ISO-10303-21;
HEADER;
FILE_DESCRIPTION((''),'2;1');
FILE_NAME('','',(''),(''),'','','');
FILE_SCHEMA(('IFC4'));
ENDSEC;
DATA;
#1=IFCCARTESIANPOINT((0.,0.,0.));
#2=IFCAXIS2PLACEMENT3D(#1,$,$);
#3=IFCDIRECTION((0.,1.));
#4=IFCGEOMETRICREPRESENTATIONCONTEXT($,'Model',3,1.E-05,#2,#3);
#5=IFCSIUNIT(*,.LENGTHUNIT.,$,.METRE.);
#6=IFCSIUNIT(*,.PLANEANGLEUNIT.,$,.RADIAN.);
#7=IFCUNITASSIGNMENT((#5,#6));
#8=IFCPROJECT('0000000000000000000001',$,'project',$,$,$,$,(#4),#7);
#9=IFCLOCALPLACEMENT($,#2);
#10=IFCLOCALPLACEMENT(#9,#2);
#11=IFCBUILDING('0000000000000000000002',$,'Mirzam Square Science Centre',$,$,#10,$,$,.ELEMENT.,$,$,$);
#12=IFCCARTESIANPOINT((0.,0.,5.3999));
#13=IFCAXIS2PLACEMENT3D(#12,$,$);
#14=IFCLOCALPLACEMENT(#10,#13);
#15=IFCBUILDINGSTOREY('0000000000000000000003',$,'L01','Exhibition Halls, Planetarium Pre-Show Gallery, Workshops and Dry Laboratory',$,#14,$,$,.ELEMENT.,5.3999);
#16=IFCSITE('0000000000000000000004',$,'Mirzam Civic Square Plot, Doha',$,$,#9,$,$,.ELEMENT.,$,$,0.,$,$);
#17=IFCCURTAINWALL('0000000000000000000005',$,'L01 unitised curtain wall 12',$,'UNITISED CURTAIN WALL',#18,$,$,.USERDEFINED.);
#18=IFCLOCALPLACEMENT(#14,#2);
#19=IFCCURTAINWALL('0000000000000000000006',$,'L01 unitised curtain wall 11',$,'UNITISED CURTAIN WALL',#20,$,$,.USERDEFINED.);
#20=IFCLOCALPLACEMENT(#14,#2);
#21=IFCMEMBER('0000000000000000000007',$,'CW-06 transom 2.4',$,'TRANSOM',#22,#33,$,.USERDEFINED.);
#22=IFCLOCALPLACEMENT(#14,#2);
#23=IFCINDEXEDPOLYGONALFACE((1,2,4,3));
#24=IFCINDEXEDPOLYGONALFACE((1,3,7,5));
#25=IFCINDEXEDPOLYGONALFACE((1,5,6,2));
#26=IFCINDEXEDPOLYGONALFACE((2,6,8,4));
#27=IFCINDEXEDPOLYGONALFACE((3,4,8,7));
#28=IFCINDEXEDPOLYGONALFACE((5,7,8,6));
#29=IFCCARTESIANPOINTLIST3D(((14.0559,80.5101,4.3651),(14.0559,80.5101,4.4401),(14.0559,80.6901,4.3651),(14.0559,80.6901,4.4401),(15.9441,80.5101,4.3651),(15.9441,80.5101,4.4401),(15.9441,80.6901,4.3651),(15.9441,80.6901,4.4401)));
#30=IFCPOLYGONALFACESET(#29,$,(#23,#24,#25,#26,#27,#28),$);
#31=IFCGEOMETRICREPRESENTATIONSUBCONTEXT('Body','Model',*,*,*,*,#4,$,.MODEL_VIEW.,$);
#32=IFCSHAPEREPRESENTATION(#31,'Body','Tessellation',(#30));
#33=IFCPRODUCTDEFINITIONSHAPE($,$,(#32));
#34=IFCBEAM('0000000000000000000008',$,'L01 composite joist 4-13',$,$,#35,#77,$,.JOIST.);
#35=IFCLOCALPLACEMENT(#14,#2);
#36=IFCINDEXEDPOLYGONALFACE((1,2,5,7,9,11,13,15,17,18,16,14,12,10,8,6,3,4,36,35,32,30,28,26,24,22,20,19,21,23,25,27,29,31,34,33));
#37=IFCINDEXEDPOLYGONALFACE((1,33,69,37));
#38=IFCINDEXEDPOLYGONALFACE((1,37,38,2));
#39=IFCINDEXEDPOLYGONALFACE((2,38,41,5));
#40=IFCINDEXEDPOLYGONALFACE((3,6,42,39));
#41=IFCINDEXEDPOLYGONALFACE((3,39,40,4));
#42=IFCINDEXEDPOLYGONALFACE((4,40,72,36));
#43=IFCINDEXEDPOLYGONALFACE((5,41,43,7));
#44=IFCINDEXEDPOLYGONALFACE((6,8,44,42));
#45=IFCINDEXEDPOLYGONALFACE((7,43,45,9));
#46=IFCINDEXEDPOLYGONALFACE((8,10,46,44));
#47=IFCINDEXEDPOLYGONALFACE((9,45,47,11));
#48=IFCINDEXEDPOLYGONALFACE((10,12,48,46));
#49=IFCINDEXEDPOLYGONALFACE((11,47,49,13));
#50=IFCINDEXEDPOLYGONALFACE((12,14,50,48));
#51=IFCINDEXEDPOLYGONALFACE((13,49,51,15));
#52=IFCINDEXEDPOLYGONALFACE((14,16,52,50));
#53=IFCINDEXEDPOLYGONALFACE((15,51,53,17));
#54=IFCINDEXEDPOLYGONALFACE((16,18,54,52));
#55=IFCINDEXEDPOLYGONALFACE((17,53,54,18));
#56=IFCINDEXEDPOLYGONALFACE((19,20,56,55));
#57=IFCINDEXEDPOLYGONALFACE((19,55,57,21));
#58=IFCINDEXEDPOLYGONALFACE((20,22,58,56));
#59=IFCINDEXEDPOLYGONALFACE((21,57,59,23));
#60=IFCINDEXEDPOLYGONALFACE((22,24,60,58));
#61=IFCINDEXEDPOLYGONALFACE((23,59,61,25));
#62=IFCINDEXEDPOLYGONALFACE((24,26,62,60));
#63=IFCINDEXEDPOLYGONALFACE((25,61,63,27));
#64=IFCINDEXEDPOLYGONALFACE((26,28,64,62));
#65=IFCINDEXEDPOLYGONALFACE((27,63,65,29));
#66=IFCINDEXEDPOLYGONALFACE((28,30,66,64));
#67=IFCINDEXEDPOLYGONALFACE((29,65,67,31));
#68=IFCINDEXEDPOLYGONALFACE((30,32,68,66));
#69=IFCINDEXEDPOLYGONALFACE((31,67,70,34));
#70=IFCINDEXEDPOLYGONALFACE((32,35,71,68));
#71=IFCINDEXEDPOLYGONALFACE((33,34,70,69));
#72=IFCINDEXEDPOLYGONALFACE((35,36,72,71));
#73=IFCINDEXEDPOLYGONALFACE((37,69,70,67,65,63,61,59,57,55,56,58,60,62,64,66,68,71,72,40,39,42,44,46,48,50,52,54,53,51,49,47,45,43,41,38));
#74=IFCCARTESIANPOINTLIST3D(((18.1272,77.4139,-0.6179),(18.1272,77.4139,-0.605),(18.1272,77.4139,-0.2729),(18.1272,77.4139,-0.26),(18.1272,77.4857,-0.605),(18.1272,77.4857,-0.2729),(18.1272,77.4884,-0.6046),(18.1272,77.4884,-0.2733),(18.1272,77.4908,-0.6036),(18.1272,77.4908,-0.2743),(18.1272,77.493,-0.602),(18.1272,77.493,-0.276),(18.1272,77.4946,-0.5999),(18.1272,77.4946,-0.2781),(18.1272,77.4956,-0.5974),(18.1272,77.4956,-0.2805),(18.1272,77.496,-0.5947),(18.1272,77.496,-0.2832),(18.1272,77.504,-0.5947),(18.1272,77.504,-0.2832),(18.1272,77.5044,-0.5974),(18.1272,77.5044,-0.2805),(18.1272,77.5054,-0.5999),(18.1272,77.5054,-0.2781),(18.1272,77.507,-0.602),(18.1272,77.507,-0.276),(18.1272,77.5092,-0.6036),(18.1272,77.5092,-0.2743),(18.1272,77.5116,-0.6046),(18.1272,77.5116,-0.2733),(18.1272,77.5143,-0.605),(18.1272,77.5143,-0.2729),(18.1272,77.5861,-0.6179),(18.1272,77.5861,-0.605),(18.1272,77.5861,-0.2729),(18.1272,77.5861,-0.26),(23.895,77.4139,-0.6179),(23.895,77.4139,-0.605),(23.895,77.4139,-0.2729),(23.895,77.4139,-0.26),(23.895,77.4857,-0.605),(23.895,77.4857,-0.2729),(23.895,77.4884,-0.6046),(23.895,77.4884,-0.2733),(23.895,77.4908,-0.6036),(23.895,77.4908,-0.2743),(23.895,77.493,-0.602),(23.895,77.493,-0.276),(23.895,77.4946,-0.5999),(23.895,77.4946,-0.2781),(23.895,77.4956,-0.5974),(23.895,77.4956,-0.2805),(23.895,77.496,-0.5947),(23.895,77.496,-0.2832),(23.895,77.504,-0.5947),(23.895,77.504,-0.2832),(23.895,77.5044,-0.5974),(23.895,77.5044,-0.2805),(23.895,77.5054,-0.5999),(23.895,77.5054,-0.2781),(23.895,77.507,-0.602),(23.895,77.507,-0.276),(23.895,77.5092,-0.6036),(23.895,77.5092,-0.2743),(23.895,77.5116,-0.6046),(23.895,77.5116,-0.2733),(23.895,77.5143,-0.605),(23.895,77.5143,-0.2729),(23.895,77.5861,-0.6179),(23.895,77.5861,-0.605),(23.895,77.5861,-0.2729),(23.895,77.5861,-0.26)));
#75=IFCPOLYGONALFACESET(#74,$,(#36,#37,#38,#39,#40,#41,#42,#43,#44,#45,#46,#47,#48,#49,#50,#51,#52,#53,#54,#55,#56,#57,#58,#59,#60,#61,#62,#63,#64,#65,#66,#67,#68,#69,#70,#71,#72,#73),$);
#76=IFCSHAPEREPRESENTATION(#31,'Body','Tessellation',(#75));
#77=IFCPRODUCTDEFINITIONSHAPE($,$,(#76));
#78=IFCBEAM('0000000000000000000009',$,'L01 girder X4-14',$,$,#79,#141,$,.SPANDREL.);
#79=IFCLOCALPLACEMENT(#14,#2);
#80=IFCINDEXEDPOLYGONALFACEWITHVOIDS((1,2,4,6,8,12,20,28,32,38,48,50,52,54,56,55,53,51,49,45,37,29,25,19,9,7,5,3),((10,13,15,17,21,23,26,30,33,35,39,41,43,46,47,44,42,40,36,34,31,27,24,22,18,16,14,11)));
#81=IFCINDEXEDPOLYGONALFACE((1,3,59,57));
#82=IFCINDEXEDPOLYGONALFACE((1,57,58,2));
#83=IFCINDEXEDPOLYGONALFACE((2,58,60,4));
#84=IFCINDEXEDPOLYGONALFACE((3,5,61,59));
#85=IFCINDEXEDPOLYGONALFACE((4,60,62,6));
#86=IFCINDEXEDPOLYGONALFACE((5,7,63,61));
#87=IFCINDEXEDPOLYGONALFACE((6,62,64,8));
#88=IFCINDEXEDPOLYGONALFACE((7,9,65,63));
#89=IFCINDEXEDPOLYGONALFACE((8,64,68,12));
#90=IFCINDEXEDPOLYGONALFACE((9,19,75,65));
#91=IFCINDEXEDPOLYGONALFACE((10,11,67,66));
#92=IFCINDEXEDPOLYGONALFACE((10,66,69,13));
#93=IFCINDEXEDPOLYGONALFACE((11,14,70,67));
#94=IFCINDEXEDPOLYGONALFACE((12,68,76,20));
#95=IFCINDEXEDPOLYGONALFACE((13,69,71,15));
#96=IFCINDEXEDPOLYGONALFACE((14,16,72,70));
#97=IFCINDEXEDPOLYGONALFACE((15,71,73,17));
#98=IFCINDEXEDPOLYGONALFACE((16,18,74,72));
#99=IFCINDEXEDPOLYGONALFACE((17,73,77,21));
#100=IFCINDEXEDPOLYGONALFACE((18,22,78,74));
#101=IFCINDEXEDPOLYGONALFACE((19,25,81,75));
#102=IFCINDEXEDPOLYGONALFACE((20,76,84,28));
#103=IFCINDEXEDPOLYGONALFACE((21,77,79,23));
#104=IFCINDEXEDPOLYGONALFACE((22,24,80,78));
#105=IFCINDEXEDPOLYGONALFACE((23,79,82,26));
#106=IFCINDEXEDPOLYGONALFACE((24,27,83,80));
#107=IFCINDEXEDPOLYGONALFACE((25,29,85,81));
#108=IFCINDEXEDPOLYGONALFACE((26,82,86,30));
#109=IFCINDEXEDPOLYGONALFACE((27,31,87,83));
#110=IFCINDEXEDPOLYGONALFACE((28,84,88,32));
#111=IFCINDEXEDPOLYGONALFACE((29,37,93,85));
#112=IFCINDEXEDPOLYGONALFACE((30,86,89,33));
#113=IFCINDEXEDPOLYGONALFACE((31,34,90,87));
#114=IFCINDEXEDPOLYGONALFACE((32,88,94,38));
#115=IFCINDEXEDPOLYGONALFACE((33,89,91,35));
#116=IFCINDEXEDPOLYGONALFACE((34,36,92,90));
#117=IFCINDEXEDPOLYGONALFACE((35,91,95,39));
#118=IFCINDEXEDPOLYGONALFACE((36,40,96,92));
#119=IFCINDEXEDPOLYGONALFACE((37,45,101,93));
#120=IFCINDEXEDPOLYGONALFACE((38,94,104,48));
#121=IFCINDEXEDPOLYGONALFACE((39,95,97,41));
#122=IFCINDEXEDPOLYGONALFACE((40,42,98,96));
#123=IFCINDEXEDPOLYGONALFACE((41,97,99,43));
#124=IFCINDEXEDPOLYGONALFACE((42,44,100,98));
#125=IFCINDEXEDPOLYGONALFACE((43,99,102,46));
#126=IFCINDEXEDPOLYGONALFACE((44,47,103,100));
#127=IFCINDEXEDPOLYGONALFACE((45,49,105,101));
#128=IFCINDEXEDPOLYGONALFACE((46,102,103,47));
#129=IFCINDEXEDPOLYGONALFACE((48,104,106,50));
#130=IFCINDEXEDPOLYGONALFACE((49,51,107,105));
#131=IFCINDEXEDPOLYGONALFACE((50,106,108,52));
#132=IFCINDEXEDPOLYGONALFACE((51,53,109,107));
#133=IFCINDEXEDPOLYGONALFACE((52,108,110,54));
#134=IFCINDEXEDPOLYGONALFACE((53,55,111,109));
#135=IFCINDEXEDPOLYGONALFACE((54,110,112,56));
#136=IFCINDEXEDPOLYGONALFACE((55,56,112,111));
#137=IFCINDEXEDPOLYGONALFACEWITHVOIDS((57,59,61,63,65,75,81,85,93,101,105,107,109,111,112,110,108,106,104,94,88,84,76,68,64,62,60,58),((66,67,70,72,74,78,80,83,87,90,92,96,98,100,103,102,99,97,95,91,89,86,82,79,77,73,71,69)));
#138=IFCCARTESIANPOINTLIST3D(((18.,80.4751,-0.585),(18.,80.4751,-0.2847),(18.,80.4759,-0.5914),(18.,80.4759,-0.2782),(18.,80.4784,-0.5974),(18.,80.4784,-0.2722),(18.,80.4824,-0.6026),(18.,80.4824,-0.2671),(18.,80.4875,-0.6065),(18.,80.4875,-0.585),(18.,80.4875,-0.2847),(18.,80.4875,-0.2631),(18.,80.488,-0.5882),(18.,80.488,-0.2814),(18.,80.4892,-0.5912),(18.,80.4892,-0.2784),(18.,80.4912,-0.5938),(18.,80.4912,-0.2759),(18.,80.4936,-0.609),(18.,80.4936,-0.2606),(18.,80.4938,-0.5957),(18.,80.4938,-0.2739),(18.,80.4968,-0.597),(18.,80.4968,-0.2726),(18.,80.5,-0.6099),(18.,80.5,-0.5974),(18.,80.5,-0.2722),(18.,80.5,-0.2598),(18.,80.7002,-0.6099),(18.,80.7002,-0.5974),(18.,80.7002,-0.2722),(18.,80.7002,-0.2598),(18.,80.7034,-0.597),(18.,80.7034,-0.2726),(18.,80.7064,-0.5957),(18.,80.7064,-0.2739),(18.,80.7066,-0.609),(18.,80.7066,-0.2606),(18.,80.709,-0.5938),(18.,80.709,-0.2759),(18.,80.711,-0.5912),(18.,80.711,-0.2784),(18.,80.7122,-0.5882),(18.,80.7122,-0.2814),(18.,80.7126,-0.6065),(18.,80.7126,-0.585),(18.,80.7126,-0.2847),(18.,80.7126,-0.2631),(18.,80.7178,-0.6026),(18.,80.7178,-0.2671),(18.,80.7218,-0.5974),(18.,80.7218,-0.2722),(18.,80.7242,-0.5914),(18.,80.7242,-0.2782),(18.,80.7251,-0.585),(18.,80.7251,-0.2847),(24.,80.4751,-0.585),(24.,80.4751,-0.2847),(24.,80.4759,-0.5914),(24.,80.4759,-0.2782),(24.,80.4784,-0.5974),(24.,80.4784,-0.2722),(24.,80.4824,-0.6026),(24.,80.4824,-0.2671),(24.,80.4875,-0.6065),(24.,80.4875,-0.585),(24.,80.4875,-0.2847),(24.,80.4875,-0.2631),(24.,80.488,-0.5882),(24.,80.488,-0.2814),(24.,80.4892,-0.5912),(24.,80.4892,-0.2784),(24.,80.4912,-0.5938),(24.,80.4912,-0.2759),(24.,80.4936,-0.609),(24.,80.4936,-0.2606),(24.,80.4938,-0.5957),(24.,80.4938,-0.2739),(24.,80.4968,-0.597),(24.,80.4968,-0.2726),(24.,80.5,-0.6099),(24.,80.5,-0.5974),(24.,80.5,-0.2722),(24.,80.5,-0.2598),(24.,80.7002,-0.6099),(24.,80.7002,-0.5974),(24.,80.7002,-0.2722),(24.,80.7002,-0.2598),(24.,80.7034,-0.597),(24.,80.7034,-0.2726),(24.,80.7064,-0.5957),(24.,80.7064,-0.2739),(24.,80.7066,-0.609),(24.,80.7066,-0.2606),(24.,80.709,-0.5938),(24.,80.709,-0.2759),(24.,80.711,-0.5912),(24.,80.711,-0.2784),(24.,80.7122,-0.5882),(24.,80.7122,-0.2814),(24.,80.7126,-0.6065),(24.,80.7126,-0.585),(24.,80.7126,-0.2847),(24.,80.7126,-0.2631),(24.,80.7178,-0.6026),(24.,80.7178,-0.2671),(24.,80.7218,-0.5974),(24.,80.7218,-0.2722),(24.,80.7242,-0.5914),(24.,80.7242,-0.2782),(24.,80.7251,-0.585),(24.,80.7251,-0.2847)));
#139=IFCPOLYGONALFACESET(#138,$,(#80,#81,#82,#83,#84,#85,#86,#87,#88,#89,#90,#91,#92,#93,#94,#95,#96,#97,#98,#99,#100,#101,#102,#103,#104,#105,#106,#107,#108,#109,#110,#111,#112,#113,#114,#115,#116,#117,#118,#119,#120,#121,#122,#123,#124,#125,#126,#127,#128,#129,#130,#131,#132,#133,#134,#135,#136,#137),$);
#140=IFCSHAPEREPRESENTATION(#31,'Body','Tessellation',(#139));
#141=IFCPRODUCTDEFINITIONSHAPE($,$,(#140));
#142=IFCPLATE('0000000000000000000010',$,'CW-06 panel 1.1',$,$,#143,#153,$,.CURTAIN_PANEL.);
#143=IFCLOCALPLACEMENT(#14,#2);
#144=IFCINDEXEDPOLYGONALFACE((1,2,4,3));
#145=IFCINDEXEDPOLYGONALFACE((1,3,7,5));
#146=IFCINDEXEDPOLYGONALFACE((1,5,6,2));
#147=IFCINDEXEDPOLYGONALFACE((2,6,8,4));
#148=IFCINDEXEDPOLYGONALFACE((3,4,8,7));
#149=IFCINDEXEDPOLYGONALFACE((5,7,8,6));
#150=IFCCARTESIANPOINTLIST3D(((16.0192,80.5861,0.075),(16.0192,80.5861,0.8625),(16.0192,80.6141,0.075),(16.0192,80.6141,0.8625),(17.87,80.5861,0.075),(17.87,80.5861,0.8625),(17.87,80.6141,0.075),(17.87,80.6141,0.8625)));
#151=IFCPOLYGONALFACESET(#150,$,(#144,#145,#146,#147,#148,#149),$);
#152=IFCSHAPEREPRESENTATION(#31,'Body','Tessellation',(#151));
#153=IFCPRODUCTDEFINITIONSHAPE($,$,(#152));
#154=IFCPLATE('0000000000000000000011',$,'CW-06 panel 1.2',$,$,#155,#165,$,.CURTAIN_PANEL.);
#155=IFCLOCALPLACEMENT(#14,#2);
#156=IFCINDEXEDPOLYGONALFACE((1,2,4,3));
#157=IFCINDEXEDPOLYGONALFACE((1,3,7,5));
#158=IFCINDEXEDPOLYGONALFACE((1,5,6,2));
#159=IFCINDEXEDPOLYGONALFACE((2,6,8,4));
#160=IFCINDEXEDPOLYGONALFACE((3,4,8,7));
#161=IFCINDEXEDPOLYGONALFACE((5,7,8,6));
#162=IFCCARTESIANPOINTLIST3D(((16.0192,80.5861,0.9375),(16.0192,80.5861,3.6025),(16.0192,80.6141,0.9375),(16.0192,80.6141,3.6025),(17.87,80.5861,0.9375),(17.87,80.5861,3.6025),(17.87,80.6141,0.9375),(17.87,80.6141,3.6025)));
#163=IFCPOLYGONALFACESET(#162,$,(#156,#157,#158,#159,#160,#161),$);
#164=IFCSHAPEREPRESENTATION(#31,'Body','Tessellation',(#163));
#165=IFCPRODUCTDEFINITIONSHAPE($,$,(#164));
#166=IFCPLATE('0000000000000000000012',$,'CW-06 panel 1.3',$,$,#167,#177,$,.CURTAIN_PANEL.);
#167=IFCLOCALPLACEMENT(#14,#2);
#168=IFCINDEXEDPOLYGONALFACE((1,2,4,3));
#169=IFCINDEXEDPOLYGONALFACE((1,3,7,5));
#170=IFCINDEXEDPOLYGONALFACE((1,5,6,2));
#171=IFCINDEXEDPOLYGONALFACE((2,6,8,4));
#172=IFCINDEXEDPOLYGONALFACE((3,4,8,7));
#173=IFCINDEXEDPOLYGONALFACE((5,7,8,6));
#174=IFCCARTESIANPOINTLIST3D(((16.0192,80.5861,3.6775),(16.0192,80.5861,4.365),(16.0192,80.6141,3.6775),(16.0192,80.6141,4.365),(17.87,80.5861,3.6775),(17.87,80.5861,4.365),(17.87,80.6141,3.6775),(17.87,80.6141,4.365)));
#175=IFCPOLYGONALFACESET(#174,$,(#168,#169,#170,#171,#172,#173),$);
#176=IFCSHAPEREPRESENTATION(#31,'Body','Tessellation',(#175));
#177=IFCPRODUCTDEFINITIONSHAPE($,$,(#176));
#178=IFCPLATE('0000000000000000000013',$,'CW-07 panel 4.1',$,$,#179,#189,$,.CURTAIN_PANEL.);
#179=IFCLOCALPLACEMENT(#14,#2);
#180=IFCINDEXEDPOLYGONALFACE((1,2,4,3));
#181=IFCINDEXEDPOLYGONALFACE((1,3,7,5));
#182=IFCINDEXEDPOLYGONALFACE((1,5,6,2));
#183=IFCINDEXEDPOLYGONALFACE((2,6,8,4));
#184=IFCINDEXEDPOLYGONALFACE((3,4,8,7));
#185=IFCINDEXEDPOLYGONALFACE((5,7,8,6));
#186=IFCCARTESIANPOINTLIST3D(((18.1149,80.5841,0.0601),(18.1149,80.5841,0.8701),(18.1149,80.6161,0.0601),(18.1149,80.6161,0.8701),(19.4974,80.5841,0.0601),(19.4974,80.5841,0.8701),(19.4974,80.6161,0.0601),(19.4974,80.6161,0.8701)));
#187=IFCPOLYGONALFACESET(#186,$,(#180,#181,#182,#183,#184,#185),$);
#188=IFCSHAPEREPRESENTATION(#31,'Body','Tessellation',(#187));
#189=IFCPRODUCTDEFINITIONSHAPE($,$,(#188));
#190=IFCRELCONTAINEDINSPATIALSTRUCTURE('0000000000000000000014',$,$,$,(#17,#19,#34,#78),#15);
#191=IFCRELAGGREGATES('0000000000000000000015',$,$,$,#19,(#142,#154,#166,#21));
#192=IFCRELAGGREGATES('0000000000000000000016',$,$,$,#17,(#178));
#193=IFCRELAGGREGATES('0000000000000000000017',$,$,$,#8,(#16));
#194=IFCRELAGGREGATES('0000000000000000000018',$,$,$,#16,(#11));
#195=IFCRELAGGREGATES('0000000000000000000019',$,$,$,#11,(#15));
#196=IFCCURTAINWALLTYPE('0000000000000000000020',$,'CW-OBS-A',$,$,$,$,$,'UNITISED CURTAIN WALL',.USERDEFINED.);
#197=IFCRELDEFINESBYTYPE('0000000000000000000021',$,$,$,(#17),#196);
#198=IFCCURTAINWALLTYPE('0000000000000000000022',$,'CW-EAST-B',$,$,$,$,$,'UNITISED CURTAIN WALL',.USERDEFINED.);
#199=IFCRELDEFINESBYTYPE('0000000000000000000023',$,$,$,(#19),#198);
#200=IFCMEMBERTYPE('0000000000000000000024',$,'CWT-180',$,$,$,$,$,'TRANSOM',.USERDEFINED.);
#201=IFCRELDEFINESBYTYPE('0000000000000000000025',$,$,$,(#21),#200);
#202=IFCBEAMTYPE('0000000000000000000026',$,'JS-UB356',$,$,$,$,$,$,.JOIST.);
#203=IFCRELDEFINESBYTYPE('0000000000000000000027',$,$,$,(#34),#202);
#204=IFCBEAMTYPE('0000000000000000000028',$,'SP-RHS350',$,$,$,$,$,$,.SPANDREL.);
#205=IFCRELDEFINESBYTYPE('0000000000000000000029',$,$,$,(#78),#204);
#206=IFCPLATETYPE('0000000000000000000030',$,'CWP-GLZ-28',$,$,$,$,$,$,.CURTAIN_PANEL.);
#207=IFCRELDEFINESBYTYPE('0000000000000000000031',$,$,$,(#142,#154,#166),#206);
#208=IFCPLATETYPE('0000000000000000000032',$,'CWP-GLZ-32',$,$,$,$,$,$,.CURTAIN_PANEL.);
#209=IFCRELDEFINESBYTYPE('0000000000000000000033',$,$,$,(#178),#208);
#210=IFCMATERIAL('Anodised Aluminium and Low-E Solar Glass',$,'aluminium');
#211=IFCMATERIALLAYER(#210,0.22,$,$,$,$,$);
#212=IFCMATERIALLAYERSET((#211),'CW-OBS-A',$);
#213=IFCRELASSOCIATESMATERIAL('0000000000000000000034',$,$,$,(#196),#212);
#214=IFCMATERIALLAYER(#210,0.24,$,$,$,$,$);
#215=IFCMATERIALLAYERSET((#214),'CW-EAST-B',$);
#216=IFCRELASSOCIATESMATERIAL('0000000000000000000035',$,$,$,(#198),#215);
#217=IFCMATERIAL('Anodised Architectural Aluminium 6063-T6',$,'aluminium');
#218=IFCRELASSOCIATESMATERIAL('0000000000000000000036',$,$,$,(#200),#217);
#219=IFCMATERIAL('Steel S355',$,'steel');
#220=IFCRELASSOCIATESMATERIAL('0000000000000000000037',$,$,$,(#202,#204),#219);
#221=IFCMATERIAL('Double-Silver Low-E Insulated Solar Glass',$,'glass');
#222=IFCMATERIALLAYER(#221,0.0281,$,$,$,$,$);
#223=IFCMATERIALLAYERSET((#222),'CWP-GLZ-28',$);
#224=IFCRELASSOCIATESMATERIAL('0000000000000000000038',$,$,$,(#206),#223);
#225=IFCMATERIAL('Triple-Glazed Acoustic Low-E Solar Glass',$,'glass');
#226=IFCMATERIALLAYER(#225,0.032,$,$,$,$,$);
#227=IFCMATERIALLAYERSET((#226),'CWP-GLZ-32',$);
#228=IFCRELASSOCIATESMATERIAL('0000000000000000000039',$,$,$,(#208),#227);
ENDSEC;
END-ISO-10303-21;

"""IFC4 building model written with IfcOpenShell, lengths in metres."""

from ifc_helpers import new_model, si_unit, direction, frame, origin, origin_2d, place, context, subcontext, project, spatial, rectangle, hollow_rectangle, i_section, extrude, material, layer, layer_set, material_profile, profile_set, type_object, element, aggregate, save


model = new_model("IFC4")

# Units and contexts
model_context = context("Model", 3, precision=1e-05, world=origin(), true_north=direction((0.0, 1.0)))
body_context = subcontext(model_context, "Body", "Model", "MODEL_VIEW")
ifc_project = project(units=[si_unit("LENGTHUNIT", "METRE"), si_unit("PLANEANGLEUNIT", "RADIAN")], contexts=[model_context])

# Site, building, storey
site_placement = place(None, origin())
site = spatial("IfcSite", under=ifc_project, at=site_placement, Name="Mirzam Civic Square Plot, Doha", CompositionType="ELEMENT", RefElevation=0.0)
building_placement = place(site_placement, origin())
building = spatial("IfcBuilding", under=site, at=building_placement, Name="Mirzam Square Science Centre", CompositionType="ELEMENT")
storey_placement = place(building_placement, frame((0.0, 0.0, 5.3999)))
storey = spatial("IfcBuildingStorey", under=building, at=storey_placement, Name="L01", Description="Exhibition Halls, Planetarium Pre-Show Gallery, Workshops and Dry Laboratory", CompositionType="ELEMENT", Elevation=5.3999)

# Shared definitions
ifc_material_1 = material(Name="Steel S355", Category="steel")

# Curtain wall
ifc_material_2 = material(Name="Anodised Aluminium and Low-E Solar Glass", Category="aluminium")
ifc_layer_1 = layer(ifc_material_2, 0.22)
ifc_layer_set_1 = layer_set([ifc_layer_1], Name="CW-OBS-A")
curtain_wall_type_1 = type_object("IfcCurtainWallType", Name="CW-OBS-A", ElementType="UNITISED CURTAIN WALL", PredefinedType="USERDEFINED", material=ifc_layer_set_1)
curtain_wall_1_placement = place(storey_placement, origin())
curtain_wall_1 = element("IfcCurtainWall", 1, at=curtain_wall_1_placement, inside=storey, type_object=curtain_wall_type_1, Name="L01 unitised curtain wall 12", ObjectType="UNITISED CURTAIN WALL", PredefinedType="USERDEFINED")
ifc_material_3 = material(Name="Anodised Architectural Aluminium 6063-T6", Category="aluminium")

# Curtain wall
ifc_layer_2 = layer(ifc_material_2, 0.24)
ifc_layer_set_2 = layer_set([ifc_layer_2], Name="CW-EAST-B")
curtain_wall_type_2 = type_object("IfcCurtainWallType", Name="CW-EAST-B", ElementType="UNITISED CURTAIN WALL", PredefinedType="USERDEFINED", material=ifc_layer_set_2)
curtain_wall_2_placement = place(storey_placement, origin())
curtain_wall_2 = element("IfcCurtainWall", 2, at=curtain_wall_2_placement, inside=storey, type_object=curtain_wall_type_2, Name="L01 unitised curtain wall 11", ObjectType="UNITISED CURTAIN WALL", PredefinedType="USERDEFINED")

# Member
ifc_material_profile_1 = material_profile(ifc_material_3, rectangle(XDim=0.1799, YDim=0.075, at=origin_2d()), Name="ALU-TRAN-180x75x5")
ifc_profile_set_1 = profile_set([ifc_material_profile_1], Name="Anodised Architectural Aluminium 6063-T6")
member_type_1 = type_object("IfcMemberType", Name="CWT-180", ElementType="TRANSOM", PredefinedType="USERDEFINED", material=ifc_profile_set_1)
member_1_placement = place(storey_placement, frame((15.9441, 80.6001, 4.4026), z_axis=(-1.0, 0.0, 0.0), x_axis=(0.0, -1.0, 0.0)))
member_1 = element("IfcMember", 3, at=member_1_placement, type_object=member_type_1, Name="CW-06 transom 2.4", ObjectType="TRANSOM", PredefinedType="USERDEFINED", context=body_context, shape_type="SweptSolid", body=[
    extrude(rectangle(XDim=0.1799, YDim=0.075, at=origin_2d()), origin(), (0.0, 0.0, 1.0), 1.8882),
])

# Beams
ifc_material_profile_2 = material_profile(ifc_material_1, i_section(OverallWidth=0.1721, OverallDepth=0.3579, WebThickness=0.0081, FlangeThickness=0.0129, FilletRadius=0.0103, at=origin_2d()), Name="356x171x57UB")
ifc_profile_set_2 = profile_set([ifc_material_profile_2], Name="Steel S355")
beam_type_1 = type_object("IfcBeamType", Name="JS-UB356", PredefinedType="JOIST", material=ifc_profile_set_2)
beam_1_placement = place(storey_placement, frame((18.1272, 77.5, -0.439), z_axis=(1.0, 0.0, 0.0), x_axis=(0.0, 1.0, 0.0)))
element("IfcBeam", 4, at=beam_1_placement, inside=storey, type_object=beam_type_1, Name="L01 composite joist 4-13", PredefinedType="JOIST", context=body_context, shape_type="SweptSolid", body=[
    extrude(i_section(OverallWidth=0.1721, OverallDepth=0.3579, WebThickness=0.0081, FlangeThickness=0.0129, FilletRadius=0.0103, at=origin_2d()), origin(), (0.0, 0.0, 1.0), 5.7678),
])
ifc_material_profile_3 = material_profile(ifc_material_1, hollow_rectangle(XDim=0.25, YDim=0.3501, WallThickness=0.0125, InnerFilletRadius=0.0125, OuterFilletRadius=0.0249, at=origin_2d()), Name="350x250x12.5RHS")
ifc_profile_set_3 = profile_set([ifc_material_profile_3], Name="Steel S355")
beam_type_2 = type_object("IfcBeamType", Name="SP-RHS350", PredefinedType="SPANDREL", material=ifc_profile_set_3)
beam_2_placement = place(storey_placement, frame((18.0, 80.6001, -0.4348), z_axis=(1.0, 0.0, 0.0), x_axis=(0.0, 1.0, 0.0)))
element("IfcBeam", 5, at=beam_2_placement, inside=storey, type_object=beam_type_2, Name="L01 girder X4-14", PredefinedType="SPANDREL", context=body_context, shape_type="SweptSolid", body=[
    extrude(hollow_rectangle(XDim=0.25, YDim=0.3501, WallThickness=0.0125, InnerFilletRadius=0.0125, OuterFilletRadius=0.0249, at=origin_2d()), origin(), (0.0, 0.0, 1.0), 6.0),
])

# Plates
ifc_material_4 = material(Name="Double-Silver Low-E Insulated Solar Glass", Category="glass")
ifc_layer_3 = layer(ifc_material_4, 0.0281)
ifc_layer_set_3 = layer_set([ifc_layer_3], Name="CWP-GLZ-28")
plate_type_1 = type_object("IfcPlateType", Name="CWP-GLZ-28", PredefinedType="CURTAIN_PANEL", material=ifc_layer_set_3)
plate_1_placement = place(storey_placement, frame((16.9446, 80.6001, 0.075), z_axis=(0.0, 0.0, 1.0), x_axis=(-1.0, 0.0, 0.0)))
plate_1 = element("IfcPlate", 6, at=plate_1_placement, type_object=plate_type_1, Name="CW-06 panel 1.1", PredefinedType="CURTAIN_PANEL", context=body_context, shape_type="SweptSolid", body=[
    extrude(rectangle(XDim=1.8508, YDim=0.0281, at=origin_2d()), origin(), (0.0, 0.0, 1.0), 0.7876),
])
plate_2_placement = place(storey_placement, frame((16.9446, 80.6001, 0.9375), z_axis=(0.0, 0.0, 1.0), x_axis=(-1.0, 0.0, 0.0)))
plate_2 = element("IfcPlate", 7, at=plate_2_placement, type_object=plate_type_1, Name="CW-06 panel 1.2", PredefinedType="CURTAIN_PANEL", context=body_context, shape_type="SweptSolid", body=[
    extrude(rectangle(XDim=1.8508, YDim=0.0281, at=origin_2d()), origin(), (0.0, 0.0, 1.0), 2.665),
])
plate_3_placement = place(storey_placement, frame((16.9446, 80.6001, 3.6775), z_axis=(0.0, 0.0, 1.0), x_axis=(-1.0, 0.0, 0.0)))
plate_3 = element("IfcPlate", 8, at=plate_3_placement, type_object=plate_type_1, Name="CW-06 panel 1.3", PredefinedType="CURTAIN_PANEL", context=body_context, shape_type="SweptSolid", body=[
    extrude(rectangle(XDim=1.8508, YDim=0.0281, at=origin_2d()), origin(), (0.0, 0.0, 1.0), 0.6875),
])
aggregate(curtain_wall_2, [plate_1, plate_2, plate_3, member_1])
ifc_material_5 = material(Name="Triple-Glazed Acoustic Low-E Solar Glass", Category="glass")
ifc_layer_4 = layer(ifc_material_5, 0.032)
ifc_layer_set_4 = layer_set([ifc_layer_4], Name="CWP-GLZ-32")
plate_type_2 = type_object("IfcPlateType", Name="CWP-GLZ-32", PredefinedType="CURTAIN_PANEL", material=ifc_layer_set_4)
plate_4_placement = place(storey_placement, frame((18.8062, 80.6001, 0.0601), z_axis=(0.0, 0.0, 1.0), x_axis=(-1.0, 0.0, 0.0)))
plate_4 = element("IfcPlate", 9, at=plate_4_placement, type_object=plate_type_2, Name="CW-07 panel 4.1", PredefinedType="CURTAIN_PANEL", context=body_context, shape_type="SweptSolid", body=[
    extrude(rectangle(XDim=1.3826, YDim=0.032, at=origin_2d()), origin(), (0.0, 0.0, 1.0), 0.8101),
])
aggregate(curtain_wall_1, [plate_4])

save(model, "model.ifc")
